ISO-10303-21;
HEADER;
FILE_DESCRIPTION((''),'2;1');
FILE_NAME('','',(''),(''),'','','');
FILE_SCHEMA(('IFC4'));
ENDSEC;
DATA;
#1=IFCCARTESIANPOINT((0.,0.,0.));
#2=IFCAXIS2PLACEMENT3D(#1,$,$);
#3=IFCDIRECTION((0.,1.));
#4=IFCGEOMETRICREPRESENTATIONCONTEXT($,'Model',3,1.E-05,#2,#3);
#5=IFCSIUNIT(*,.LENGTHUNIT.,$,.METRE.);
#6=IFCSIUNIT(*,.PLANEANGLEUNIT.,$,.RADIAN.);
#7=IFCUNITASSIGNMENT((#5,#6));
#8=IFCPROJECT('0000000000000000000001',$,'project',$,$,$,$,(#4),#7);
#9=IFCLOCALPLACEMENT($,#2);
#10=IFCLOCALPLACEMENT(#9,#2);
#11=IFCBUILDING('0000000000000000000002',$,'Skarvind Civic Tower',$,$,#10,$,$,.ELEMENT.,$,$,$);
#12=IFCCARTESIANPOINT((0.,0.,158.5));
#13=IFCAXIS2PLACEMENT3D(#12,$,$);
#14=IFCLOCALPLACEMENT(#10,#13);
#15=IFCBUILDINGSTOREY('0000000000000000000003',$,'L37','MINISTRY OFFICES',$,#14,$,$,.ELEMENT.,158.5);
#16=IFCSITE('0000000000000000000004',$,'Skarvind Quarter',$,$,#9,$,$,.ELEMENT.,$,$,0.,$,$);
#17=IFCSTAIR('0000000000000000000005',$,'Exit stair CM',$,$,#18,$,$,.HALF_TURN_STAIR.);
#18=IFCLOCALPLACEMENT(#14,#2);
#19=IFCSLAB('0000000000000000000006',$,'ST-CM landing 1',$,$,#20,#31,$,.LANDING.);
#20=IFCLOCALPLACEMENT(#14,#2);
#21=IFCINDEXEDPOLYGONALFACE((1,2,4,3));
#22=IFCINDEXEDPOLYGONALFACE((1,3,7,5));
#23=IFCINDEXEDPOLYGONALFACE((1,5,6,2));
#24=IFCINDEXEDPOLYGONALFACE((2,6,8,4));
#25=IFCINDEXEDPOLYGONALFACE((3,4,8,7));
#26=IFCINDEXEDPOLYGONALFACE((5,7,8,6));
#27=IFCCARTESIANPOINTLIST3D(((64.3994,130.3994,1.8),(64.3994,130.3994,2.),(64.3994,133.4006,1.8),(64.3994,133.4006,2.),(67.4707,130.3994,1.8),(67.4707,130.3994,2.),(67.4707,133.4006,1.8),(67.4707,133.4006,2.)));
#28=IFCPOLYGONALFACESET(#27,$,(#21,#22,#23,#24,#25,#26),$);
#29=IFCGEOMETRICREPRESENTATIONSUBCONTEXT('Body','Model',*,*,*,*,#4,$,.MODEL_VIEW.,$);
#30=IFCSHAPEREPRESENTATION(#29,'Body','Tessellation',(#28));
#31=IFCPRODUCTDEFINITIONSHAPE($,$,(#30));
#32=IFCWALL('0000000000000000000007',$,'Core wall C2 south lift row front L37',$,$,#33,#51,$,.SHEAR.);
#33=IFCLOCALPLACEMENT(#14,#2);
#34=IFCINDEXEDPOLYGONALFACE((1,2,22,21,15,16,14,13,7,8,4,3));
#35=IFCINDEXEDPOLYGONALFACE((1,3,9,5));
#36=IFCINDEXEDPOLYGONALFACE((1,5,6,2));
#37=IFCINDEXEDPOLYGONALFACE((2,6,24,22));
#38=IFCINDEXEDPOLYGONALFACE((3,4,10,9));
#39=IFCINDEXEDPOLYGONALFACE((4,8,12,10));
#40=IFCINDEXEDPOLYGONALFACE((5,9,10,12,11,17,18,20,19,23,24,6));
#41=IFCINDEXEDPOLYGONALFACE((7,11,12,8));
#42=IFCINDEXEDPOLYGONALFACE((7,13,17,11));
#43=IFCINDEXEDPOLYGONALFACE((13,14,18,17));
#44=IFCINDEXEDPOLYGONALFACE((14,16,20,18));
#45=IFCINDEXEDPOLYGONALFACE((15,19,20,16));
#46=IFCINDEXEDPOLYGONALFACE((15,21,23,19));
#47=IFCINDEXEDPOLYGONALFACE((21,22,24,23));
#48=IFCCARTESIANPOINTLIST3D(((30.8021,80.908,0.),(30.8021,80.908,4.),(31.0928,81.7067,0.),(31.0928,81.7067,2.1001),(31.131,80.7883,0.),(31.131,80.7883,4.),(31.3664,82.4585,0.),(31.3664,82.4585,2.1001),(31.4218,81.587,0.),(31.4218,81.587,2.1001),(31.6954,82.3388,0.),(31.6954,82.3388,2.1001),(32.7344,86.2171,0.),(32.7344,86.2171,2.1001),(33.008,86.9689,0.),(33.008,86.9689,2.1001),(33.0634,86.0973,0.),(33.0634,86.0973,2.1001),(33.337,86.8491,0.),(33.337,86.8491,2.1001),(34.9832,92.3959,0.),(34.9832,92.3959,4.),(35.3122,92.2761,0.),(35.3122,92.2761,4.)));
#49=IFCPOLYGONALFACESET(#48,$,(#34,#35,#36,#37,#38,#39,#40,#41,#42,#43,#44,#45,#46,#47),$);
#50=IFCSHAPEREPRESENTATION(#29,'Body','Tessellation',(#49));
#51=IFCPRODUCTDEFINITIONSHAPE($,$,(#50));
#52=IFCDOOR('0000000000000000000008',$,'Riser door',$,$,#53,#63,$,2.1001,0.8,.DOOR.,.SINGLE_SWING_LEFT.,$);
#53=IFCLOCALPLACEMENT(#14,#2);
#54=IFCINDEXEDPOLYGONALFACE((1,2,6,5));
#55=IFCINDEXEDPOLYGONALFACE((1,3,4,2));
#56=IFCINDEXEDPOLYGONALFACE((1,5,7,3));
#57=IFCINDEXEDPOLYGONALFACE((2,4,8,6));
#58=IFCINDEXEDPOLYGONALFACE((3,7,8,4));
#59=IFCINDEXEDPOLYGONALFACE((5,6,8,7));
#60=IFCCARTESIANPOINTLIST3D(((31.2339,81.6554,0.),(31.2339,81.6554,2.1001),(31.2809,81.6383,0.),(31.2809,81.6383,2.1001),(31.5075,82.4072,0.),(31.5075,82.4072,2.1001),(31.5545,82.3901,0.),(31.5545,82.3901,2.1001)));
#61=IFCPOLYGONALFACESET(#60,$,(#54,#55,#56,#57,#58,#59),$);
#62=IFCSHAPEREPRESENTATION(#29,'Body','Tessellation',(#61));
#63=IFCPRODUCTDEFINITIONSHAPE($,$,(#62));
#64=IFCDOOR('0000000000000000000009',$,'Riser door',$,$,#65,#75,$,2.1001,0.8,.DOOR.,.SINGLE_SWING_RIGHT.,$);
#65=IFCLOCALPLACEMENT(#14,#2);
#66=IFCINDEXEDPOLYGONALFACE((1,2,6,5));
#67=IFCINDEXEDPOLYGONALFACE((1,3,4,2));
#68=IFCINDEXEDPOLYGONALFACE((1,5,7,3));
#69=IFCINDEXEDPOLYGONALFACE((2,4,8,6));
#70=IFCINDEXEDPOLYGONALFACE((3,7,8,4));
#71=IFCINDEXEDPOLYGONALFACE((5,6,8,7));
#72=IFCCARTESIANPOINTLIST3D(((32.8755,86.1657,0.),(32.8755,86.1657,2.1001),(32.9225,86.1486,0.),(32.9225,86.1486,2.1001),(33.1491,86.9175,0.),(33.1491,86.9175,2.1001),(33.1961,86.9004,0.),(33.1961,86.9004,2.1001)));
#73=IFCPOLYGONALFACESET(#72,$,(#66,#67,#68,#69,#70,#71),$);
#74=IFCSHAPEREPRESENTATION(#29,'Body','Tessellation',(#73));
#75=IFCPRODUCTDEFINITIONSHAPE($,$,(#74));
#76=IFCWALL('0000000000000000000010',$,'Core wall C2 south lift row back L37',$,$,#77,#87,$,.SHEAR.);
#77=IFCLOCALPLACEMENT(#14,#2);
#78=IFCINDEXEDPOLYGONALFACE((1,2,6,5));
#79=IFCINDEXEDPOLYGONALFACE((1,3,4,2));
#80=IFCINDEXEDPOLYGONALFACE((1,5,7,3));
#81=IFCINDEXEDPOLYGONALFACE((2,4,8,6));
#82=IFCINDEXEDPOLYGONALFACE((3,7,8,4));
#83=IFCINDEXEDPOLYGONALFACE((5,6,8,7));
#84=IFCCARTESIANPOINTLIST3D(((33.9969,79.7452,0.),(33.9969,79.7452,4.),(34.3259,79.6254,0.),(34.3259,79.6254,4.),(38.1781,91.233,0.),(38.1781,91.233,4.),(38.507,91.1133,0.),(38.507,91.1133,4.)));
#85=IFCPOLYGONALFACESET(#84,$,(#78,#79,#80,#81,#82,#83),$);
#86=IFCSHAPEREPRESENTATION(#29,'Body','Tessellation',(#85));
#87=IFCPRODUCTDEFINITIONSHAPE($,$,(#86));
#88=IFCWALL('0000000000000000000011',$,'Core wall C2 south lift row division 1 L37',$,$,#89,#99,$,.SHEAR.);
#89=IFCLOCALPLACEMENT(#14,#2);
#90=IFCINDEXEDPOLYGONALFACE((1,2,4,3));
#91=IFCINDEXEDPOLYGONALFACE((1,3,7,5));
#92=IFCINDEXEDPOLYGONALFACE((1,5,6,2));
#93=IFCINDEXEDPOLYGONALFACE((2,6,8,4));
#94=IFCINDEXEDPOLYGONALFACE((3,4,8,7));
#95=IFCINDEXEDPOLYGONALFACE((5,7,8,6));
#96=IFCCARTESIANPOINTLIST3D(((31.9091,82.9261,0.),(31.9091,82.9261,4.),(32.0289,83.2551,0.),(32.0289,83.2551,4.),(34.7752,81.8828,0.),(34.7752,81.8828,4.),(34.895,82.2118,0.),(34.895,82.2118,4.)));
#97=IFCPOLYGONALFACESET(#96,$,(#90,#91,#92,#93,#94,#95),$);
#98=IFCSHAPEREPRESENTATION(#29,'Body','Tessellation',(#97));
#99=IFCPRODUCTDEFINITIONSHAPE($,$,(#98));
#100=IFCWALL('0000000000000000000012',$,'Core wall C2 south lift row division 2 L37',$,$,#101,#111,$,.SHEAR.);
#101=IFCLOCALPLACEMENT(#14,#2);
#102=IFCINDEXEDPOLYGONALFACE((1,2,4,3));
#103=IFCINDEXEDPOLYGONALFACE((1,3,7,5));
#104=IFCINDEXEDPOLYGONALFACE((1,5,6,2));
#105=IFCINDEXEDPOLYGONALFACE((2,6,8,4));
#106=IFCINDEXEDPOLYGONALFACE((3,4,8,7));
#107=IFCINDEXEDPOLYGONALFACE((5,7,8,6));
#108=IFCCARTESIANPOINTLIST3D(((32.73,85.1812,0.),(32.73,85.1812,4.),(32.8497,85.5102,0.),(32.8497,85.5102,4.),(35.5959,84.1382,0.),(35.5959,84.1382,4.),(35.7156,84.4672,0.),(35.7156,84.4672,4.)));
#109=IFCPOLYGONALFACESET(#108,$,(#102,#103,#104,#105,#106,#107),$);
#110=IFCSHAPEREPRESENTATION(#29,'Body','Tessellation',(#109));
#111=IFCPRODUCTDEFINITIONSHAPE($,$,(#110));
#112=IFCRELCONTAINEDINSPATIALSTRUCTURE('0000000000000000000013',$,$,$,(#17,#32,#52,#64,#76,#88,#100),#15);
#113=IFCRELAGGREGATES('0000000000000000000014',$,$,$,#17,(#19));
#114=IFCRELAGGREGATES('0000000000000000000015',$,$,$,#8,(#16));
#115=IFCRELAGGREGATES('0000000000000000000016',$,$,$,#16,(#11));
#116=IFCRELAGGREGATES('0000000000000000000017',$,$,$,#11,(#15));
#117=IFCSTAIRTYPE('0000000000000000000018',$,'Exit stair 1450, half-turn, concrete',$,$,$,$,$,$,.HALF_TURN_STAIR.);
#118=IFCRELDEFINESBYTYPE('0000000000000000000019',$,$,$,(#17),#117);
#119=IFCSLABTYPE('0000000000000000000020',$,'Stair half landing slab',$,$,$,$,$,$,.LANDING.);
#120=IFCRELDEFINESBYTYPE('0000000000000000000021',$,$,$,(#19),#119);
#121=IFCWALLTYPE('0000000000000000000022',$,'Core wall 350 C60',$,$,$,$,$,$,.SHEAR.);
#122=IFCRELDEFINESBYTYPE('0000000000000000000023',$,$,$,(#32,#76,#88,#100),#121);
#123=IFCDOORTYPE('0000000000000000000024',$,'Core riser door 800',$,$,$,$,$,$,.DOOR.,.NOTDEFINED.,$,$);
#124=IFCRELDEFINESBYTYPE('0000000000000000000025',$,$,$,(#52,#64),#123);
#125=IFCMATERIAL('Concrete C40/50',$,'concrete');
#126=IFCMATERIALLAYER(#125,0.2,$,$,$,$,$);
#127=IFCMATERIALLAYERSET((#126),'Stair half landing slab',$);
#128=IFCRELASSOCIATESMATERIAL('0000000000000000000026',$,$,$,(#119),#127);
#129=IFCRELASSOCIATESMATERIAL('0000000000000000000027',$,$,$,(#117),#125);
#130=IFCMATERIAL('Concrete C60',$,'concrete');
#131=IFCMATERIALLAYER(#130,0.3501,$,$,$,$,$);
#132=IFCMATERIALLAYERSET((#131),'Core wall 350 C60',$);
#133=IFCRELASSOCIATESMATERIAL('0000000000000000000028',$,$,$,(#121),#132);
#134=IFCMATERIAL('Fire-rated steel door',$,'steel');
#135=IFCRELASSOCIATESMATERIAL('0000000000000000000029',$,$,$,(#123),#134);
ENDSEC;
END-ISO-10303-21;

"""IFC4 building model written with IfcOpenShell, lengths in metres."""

from ifc_helpers import new_model, si_unit, direction, frame, frame_2d, origin, place, context, subcontext, project, spatial, polyline, rectangle, outline, extrude, material, layer, layer_set, type_object, element, fill, aggregate, save


model = new_model("IFC4")

# Units and contexts
model_context = context("Model", 3, precision=1e-05, world=origin(), true_north=direction((0.0, 1.0)))
body_context = subcontext(model_context, "Body", "Model", "MODEL_VIEW")
ifc_project = project(units=[si_unit("LENGTHUNIT", "METRE"), si_unit("PLANEANGLEUNIT", "RADIAN")], contexts=[model_context])

# Site, building, storey
site_placement = place(None, origin())
site = spatial("IfcSite", under=ifc_project, at=site_placement, Name="Skarvind Quarter", CompositionType="ELEMENT", RefElevation=0.0)
building_placement = place(site_placement, origin())
building = spatial("IfcBuilding", under=site, at=building_placement, Name="Skarvind Civic Tower", CompositionType="ELEMENT")
storey_placement = place(building_placement, frame((0.0, 0.0, 158.5)))
storey = spatial("IfcBuildingStorey", under=building, at=storey_placement, Name="L37", Description="MINISTRY OFFICES", CompositionType="ELEMENT", Elevation=158.5)

# Shared definitions
ifc_material_1 = material(Name="Concrete C40/50", Category="concrete")

# Stair, slab
ifc_layer_1 = layer(ifc_material_1, 0.2)
ifc_layer_set_1 = layer_set([ifc_layer_1], Name="Stair half landing slab")
slab_type_1 = type_object("IfcSlabType", Name="Stair half landing slab", PredefinedType="LANDING", material=ifc_layer_set_1)
stair_type_1 = type_object("IfcStairType", Name="Exit stair 1450, half-turn, concrete", PredefinedType="HALF_TURN_STAIR", material=ifc_material_1)
stair_1_placement = place(storey_placement, origin())
stair_1 = element("IfcStair", 1, at=stair_1_placement, inside=storey, type_object=stair_type_1, Name="Exit stair CM", PredefinedType="HALF_TURN_STAIR")
slab_1_placement = place(storey_placement, frame((0.0, 0.0, 1.8)))
slab_1 = element("IfcSlab", 2, at=slab_1_placement, type_object=slab_type_1, Name="ST-CM landing 1", PredefinedType="LANDING", context=body_context, shape_type="SweptSolid", body=[
    extrude(outline(polyline([(67.4707, 133.4006), (67.4707, 130.3994), (64.3994, 130.3994), (64.3994, 133.4006), (67.4707, 133.4006)])), origin(), (0.0, 0.0, 1.0), 0.2),
])
aggregate(stair_1, [slab_1])

# Wall, openings, doors
ifc_material_2 = material(Name="Concrete C60", Category="concrete")
ifc_layer_2 = layer(ifc_material_2, 0.3501)
ifc_layer_set_2 = layer_set([ifc_layer_2], Name="Core wall 350 C60")
wall_type_1 = type_object("IfcWallType", Name="Core wall 350 C60", PredefinedType="SHEAR", material=ifc_layer_set_2)
wall_1_placement = place(storey_placement, frame((30.9666, 80.8481, 0.0), z_axis=(0.0, 0.0, 1.0), x_axis=(0.342016, 0.939694, 0.0)))
wall_1 = element("IfcWall", 3, at=wall_1_placement, inside=storey, type_object=wall_type_1, Name="Core wall C2 south lift row front L37", PredefinedType="SHEAR", context=body_context, shape_type="SweptSolid", body=[
    extrude(rectangle(XDim=12.2251, YDim=0.3501, at=frame_2d((6.1125, 0.0))), origin(), (0.0, 0.0, 1.0), 4.0),
])
opening_1_placement = place(wall_1_placement, frame((0.8501, 0.0, 0.0)))
opening_1 = element("IfcOpeningElement", 4, at=opening_1_placement, cuts=wall_1, PredefinedType="OPENING", context=body_context, shape_type="SweptSolid", body=[
    extrude(rectangle(XDim=0.8, YDim=2.1001, at=frame_2d((0.3999, 1.05))), frame((0.0, 0.1851, 0.0), z_axis=(0.0, -1.0, 0.0), x_axis=(1.0, 0.0, 0.0)), (0.0, 0.0, 1.0), 0.3701),
])
opening_2_placement = place(wall_1_placement, frame((5.6499, 0.0, 0.0)))
opening_2 = element("IfcOpeningElement", 5, at=opening_2_placement, cuts=wall_1, PredefinedType="OPENING", context=body_context, shape_type="SweptSolid", body=[
    extrude(rectangle(XDim=0.8, YDim=2.1001, at=frame_2d((0.3999, 1.05))), frame((0.0, 0.1851, 0.0), z_axis=(0.0, -1.0, 0.0), x_axis=(1.0, 0.0, 0.0)), (0.0, 0.0, 1.0), 0.3701),
])
ifc_material_3 = material(Name="Fire-rated steel door", Category="steel")
door_type_1 = type_object("IfcDoorType", Name="Core riser door 800", OperationType="NOTDEFINED", PredefinedType="DOOR", material=ifc_material_3)
door_1_placement = place(opening_1_placement, origin())
door_1 = element("IfcDoor", 6, at=door_1_placement, inside=storey, type_object=door_type_1, Name="Riser door", OperationType="SINGLE_SWING_LEFT", OverallHeight=2.1001, OverallWidth=0.8, PredefinedType="DOOR", context=body_context, shape_type="SweptSolid", body=[
    extrude(rectangle(XDim=0.8, YDim=2.1001, at=frame_2d((0.3999, 1.05))), frame((0.0, 0.0249, 0.0), z_axis=(0.0, -1.0, 0.0), x_axis=(1.0, 0.0, 0.0)), (0.0, 0.0, 1.0), 0.05),
])
fill(opening_1, door_1)
door_2_placement = place(opening_2_placement, origin())
door_2 = element("IfcDoor", 7, at=door_2_placement, inside=storey, type_object=door_type_1, Name="Riser door", OperationType="SINGLE_SWING_RIGHT", OverallHeight=2.1001, OverallWidth=0.8, PredefinedType="DOOR", context=body_context, shape_type="SweptSolid", body=[
    extrude(rectangle(XDim=0.8, YDim=2.1001, at=frame_2d((0.3999, 1.05))), frame((0.0, 0.0249, 0.0), z_axis=(0.0, -1.0, 0.0), x_axis=(1.0, 0.0, 0.0)), (0.0, 0.0, 1.0), 0.05),
])
fill(opening_2, door_2)

# Walls
wall_2_placement = place(storey_placement, frame((34.1614, 79.6853, 0.0), z_axis=(0.0, 0.0, 1.0), x_axis=(0.342016, 0.939694, 0.0)))
element("IfcWall", 8, at=wall_2_placement, inside=storey, type_object=wall_type_1, Name="Core wall C2 south lift row back L37", PredefinedType="SHEAR", context=body_context, shape_type="SweptSolid", body=[
    extrude(rectangle(XDim=12.2251, YDim=0.3501, at=frame_2d((6.1125, 0.0))), origin(), (0.0, 0.0, 1.0), 4.0),
])
wall_3_placement = place(storey_placement, frame((34.835, 82.0474, 0.0), z_axis=(0.0, 0.0, 1.0), x_axis=(-0.939684, 0.342045, 0.0)))
element("IfcWall", 9, at=wall_3_placement, inside=storey, type_object=wall_type_1, Name="Core wall C2 south lift row division 1 L37", PredefinedType="SHEAR", context=body_context, shape_type="SweptSolid", body=[
    extrude(rectangle(XDim=3.05, YDim=0.3501, at=frame_2d((1.5249, 0.0))), origin(), (0.0, 0.0, 1.0), 4.0),
])
wall_4_placement = place(storey_placement, frame((35.6558, 84.3027, 0.0), z_axis=(0.0, 0.0, 1.0), x_axis=(-0.939709, 0.341974, 0.0)))
element("IfcWall", 10, at=wall_4_placement, inside=storey, type_object=wall_type_1, Name="Core wall C2 south lift row division 2 L37", PredefinedType="SHEAR", context=body_context, shape_type="SweptSolid", body=[
    extrude(rectangle(XDim=3.0498, YDim=0.3501, at=frame_2d((1.5249, 0.0))), origin(), (0.0, 0.0, 1.0), 4.0),
])

save(model, "model.ifc")
